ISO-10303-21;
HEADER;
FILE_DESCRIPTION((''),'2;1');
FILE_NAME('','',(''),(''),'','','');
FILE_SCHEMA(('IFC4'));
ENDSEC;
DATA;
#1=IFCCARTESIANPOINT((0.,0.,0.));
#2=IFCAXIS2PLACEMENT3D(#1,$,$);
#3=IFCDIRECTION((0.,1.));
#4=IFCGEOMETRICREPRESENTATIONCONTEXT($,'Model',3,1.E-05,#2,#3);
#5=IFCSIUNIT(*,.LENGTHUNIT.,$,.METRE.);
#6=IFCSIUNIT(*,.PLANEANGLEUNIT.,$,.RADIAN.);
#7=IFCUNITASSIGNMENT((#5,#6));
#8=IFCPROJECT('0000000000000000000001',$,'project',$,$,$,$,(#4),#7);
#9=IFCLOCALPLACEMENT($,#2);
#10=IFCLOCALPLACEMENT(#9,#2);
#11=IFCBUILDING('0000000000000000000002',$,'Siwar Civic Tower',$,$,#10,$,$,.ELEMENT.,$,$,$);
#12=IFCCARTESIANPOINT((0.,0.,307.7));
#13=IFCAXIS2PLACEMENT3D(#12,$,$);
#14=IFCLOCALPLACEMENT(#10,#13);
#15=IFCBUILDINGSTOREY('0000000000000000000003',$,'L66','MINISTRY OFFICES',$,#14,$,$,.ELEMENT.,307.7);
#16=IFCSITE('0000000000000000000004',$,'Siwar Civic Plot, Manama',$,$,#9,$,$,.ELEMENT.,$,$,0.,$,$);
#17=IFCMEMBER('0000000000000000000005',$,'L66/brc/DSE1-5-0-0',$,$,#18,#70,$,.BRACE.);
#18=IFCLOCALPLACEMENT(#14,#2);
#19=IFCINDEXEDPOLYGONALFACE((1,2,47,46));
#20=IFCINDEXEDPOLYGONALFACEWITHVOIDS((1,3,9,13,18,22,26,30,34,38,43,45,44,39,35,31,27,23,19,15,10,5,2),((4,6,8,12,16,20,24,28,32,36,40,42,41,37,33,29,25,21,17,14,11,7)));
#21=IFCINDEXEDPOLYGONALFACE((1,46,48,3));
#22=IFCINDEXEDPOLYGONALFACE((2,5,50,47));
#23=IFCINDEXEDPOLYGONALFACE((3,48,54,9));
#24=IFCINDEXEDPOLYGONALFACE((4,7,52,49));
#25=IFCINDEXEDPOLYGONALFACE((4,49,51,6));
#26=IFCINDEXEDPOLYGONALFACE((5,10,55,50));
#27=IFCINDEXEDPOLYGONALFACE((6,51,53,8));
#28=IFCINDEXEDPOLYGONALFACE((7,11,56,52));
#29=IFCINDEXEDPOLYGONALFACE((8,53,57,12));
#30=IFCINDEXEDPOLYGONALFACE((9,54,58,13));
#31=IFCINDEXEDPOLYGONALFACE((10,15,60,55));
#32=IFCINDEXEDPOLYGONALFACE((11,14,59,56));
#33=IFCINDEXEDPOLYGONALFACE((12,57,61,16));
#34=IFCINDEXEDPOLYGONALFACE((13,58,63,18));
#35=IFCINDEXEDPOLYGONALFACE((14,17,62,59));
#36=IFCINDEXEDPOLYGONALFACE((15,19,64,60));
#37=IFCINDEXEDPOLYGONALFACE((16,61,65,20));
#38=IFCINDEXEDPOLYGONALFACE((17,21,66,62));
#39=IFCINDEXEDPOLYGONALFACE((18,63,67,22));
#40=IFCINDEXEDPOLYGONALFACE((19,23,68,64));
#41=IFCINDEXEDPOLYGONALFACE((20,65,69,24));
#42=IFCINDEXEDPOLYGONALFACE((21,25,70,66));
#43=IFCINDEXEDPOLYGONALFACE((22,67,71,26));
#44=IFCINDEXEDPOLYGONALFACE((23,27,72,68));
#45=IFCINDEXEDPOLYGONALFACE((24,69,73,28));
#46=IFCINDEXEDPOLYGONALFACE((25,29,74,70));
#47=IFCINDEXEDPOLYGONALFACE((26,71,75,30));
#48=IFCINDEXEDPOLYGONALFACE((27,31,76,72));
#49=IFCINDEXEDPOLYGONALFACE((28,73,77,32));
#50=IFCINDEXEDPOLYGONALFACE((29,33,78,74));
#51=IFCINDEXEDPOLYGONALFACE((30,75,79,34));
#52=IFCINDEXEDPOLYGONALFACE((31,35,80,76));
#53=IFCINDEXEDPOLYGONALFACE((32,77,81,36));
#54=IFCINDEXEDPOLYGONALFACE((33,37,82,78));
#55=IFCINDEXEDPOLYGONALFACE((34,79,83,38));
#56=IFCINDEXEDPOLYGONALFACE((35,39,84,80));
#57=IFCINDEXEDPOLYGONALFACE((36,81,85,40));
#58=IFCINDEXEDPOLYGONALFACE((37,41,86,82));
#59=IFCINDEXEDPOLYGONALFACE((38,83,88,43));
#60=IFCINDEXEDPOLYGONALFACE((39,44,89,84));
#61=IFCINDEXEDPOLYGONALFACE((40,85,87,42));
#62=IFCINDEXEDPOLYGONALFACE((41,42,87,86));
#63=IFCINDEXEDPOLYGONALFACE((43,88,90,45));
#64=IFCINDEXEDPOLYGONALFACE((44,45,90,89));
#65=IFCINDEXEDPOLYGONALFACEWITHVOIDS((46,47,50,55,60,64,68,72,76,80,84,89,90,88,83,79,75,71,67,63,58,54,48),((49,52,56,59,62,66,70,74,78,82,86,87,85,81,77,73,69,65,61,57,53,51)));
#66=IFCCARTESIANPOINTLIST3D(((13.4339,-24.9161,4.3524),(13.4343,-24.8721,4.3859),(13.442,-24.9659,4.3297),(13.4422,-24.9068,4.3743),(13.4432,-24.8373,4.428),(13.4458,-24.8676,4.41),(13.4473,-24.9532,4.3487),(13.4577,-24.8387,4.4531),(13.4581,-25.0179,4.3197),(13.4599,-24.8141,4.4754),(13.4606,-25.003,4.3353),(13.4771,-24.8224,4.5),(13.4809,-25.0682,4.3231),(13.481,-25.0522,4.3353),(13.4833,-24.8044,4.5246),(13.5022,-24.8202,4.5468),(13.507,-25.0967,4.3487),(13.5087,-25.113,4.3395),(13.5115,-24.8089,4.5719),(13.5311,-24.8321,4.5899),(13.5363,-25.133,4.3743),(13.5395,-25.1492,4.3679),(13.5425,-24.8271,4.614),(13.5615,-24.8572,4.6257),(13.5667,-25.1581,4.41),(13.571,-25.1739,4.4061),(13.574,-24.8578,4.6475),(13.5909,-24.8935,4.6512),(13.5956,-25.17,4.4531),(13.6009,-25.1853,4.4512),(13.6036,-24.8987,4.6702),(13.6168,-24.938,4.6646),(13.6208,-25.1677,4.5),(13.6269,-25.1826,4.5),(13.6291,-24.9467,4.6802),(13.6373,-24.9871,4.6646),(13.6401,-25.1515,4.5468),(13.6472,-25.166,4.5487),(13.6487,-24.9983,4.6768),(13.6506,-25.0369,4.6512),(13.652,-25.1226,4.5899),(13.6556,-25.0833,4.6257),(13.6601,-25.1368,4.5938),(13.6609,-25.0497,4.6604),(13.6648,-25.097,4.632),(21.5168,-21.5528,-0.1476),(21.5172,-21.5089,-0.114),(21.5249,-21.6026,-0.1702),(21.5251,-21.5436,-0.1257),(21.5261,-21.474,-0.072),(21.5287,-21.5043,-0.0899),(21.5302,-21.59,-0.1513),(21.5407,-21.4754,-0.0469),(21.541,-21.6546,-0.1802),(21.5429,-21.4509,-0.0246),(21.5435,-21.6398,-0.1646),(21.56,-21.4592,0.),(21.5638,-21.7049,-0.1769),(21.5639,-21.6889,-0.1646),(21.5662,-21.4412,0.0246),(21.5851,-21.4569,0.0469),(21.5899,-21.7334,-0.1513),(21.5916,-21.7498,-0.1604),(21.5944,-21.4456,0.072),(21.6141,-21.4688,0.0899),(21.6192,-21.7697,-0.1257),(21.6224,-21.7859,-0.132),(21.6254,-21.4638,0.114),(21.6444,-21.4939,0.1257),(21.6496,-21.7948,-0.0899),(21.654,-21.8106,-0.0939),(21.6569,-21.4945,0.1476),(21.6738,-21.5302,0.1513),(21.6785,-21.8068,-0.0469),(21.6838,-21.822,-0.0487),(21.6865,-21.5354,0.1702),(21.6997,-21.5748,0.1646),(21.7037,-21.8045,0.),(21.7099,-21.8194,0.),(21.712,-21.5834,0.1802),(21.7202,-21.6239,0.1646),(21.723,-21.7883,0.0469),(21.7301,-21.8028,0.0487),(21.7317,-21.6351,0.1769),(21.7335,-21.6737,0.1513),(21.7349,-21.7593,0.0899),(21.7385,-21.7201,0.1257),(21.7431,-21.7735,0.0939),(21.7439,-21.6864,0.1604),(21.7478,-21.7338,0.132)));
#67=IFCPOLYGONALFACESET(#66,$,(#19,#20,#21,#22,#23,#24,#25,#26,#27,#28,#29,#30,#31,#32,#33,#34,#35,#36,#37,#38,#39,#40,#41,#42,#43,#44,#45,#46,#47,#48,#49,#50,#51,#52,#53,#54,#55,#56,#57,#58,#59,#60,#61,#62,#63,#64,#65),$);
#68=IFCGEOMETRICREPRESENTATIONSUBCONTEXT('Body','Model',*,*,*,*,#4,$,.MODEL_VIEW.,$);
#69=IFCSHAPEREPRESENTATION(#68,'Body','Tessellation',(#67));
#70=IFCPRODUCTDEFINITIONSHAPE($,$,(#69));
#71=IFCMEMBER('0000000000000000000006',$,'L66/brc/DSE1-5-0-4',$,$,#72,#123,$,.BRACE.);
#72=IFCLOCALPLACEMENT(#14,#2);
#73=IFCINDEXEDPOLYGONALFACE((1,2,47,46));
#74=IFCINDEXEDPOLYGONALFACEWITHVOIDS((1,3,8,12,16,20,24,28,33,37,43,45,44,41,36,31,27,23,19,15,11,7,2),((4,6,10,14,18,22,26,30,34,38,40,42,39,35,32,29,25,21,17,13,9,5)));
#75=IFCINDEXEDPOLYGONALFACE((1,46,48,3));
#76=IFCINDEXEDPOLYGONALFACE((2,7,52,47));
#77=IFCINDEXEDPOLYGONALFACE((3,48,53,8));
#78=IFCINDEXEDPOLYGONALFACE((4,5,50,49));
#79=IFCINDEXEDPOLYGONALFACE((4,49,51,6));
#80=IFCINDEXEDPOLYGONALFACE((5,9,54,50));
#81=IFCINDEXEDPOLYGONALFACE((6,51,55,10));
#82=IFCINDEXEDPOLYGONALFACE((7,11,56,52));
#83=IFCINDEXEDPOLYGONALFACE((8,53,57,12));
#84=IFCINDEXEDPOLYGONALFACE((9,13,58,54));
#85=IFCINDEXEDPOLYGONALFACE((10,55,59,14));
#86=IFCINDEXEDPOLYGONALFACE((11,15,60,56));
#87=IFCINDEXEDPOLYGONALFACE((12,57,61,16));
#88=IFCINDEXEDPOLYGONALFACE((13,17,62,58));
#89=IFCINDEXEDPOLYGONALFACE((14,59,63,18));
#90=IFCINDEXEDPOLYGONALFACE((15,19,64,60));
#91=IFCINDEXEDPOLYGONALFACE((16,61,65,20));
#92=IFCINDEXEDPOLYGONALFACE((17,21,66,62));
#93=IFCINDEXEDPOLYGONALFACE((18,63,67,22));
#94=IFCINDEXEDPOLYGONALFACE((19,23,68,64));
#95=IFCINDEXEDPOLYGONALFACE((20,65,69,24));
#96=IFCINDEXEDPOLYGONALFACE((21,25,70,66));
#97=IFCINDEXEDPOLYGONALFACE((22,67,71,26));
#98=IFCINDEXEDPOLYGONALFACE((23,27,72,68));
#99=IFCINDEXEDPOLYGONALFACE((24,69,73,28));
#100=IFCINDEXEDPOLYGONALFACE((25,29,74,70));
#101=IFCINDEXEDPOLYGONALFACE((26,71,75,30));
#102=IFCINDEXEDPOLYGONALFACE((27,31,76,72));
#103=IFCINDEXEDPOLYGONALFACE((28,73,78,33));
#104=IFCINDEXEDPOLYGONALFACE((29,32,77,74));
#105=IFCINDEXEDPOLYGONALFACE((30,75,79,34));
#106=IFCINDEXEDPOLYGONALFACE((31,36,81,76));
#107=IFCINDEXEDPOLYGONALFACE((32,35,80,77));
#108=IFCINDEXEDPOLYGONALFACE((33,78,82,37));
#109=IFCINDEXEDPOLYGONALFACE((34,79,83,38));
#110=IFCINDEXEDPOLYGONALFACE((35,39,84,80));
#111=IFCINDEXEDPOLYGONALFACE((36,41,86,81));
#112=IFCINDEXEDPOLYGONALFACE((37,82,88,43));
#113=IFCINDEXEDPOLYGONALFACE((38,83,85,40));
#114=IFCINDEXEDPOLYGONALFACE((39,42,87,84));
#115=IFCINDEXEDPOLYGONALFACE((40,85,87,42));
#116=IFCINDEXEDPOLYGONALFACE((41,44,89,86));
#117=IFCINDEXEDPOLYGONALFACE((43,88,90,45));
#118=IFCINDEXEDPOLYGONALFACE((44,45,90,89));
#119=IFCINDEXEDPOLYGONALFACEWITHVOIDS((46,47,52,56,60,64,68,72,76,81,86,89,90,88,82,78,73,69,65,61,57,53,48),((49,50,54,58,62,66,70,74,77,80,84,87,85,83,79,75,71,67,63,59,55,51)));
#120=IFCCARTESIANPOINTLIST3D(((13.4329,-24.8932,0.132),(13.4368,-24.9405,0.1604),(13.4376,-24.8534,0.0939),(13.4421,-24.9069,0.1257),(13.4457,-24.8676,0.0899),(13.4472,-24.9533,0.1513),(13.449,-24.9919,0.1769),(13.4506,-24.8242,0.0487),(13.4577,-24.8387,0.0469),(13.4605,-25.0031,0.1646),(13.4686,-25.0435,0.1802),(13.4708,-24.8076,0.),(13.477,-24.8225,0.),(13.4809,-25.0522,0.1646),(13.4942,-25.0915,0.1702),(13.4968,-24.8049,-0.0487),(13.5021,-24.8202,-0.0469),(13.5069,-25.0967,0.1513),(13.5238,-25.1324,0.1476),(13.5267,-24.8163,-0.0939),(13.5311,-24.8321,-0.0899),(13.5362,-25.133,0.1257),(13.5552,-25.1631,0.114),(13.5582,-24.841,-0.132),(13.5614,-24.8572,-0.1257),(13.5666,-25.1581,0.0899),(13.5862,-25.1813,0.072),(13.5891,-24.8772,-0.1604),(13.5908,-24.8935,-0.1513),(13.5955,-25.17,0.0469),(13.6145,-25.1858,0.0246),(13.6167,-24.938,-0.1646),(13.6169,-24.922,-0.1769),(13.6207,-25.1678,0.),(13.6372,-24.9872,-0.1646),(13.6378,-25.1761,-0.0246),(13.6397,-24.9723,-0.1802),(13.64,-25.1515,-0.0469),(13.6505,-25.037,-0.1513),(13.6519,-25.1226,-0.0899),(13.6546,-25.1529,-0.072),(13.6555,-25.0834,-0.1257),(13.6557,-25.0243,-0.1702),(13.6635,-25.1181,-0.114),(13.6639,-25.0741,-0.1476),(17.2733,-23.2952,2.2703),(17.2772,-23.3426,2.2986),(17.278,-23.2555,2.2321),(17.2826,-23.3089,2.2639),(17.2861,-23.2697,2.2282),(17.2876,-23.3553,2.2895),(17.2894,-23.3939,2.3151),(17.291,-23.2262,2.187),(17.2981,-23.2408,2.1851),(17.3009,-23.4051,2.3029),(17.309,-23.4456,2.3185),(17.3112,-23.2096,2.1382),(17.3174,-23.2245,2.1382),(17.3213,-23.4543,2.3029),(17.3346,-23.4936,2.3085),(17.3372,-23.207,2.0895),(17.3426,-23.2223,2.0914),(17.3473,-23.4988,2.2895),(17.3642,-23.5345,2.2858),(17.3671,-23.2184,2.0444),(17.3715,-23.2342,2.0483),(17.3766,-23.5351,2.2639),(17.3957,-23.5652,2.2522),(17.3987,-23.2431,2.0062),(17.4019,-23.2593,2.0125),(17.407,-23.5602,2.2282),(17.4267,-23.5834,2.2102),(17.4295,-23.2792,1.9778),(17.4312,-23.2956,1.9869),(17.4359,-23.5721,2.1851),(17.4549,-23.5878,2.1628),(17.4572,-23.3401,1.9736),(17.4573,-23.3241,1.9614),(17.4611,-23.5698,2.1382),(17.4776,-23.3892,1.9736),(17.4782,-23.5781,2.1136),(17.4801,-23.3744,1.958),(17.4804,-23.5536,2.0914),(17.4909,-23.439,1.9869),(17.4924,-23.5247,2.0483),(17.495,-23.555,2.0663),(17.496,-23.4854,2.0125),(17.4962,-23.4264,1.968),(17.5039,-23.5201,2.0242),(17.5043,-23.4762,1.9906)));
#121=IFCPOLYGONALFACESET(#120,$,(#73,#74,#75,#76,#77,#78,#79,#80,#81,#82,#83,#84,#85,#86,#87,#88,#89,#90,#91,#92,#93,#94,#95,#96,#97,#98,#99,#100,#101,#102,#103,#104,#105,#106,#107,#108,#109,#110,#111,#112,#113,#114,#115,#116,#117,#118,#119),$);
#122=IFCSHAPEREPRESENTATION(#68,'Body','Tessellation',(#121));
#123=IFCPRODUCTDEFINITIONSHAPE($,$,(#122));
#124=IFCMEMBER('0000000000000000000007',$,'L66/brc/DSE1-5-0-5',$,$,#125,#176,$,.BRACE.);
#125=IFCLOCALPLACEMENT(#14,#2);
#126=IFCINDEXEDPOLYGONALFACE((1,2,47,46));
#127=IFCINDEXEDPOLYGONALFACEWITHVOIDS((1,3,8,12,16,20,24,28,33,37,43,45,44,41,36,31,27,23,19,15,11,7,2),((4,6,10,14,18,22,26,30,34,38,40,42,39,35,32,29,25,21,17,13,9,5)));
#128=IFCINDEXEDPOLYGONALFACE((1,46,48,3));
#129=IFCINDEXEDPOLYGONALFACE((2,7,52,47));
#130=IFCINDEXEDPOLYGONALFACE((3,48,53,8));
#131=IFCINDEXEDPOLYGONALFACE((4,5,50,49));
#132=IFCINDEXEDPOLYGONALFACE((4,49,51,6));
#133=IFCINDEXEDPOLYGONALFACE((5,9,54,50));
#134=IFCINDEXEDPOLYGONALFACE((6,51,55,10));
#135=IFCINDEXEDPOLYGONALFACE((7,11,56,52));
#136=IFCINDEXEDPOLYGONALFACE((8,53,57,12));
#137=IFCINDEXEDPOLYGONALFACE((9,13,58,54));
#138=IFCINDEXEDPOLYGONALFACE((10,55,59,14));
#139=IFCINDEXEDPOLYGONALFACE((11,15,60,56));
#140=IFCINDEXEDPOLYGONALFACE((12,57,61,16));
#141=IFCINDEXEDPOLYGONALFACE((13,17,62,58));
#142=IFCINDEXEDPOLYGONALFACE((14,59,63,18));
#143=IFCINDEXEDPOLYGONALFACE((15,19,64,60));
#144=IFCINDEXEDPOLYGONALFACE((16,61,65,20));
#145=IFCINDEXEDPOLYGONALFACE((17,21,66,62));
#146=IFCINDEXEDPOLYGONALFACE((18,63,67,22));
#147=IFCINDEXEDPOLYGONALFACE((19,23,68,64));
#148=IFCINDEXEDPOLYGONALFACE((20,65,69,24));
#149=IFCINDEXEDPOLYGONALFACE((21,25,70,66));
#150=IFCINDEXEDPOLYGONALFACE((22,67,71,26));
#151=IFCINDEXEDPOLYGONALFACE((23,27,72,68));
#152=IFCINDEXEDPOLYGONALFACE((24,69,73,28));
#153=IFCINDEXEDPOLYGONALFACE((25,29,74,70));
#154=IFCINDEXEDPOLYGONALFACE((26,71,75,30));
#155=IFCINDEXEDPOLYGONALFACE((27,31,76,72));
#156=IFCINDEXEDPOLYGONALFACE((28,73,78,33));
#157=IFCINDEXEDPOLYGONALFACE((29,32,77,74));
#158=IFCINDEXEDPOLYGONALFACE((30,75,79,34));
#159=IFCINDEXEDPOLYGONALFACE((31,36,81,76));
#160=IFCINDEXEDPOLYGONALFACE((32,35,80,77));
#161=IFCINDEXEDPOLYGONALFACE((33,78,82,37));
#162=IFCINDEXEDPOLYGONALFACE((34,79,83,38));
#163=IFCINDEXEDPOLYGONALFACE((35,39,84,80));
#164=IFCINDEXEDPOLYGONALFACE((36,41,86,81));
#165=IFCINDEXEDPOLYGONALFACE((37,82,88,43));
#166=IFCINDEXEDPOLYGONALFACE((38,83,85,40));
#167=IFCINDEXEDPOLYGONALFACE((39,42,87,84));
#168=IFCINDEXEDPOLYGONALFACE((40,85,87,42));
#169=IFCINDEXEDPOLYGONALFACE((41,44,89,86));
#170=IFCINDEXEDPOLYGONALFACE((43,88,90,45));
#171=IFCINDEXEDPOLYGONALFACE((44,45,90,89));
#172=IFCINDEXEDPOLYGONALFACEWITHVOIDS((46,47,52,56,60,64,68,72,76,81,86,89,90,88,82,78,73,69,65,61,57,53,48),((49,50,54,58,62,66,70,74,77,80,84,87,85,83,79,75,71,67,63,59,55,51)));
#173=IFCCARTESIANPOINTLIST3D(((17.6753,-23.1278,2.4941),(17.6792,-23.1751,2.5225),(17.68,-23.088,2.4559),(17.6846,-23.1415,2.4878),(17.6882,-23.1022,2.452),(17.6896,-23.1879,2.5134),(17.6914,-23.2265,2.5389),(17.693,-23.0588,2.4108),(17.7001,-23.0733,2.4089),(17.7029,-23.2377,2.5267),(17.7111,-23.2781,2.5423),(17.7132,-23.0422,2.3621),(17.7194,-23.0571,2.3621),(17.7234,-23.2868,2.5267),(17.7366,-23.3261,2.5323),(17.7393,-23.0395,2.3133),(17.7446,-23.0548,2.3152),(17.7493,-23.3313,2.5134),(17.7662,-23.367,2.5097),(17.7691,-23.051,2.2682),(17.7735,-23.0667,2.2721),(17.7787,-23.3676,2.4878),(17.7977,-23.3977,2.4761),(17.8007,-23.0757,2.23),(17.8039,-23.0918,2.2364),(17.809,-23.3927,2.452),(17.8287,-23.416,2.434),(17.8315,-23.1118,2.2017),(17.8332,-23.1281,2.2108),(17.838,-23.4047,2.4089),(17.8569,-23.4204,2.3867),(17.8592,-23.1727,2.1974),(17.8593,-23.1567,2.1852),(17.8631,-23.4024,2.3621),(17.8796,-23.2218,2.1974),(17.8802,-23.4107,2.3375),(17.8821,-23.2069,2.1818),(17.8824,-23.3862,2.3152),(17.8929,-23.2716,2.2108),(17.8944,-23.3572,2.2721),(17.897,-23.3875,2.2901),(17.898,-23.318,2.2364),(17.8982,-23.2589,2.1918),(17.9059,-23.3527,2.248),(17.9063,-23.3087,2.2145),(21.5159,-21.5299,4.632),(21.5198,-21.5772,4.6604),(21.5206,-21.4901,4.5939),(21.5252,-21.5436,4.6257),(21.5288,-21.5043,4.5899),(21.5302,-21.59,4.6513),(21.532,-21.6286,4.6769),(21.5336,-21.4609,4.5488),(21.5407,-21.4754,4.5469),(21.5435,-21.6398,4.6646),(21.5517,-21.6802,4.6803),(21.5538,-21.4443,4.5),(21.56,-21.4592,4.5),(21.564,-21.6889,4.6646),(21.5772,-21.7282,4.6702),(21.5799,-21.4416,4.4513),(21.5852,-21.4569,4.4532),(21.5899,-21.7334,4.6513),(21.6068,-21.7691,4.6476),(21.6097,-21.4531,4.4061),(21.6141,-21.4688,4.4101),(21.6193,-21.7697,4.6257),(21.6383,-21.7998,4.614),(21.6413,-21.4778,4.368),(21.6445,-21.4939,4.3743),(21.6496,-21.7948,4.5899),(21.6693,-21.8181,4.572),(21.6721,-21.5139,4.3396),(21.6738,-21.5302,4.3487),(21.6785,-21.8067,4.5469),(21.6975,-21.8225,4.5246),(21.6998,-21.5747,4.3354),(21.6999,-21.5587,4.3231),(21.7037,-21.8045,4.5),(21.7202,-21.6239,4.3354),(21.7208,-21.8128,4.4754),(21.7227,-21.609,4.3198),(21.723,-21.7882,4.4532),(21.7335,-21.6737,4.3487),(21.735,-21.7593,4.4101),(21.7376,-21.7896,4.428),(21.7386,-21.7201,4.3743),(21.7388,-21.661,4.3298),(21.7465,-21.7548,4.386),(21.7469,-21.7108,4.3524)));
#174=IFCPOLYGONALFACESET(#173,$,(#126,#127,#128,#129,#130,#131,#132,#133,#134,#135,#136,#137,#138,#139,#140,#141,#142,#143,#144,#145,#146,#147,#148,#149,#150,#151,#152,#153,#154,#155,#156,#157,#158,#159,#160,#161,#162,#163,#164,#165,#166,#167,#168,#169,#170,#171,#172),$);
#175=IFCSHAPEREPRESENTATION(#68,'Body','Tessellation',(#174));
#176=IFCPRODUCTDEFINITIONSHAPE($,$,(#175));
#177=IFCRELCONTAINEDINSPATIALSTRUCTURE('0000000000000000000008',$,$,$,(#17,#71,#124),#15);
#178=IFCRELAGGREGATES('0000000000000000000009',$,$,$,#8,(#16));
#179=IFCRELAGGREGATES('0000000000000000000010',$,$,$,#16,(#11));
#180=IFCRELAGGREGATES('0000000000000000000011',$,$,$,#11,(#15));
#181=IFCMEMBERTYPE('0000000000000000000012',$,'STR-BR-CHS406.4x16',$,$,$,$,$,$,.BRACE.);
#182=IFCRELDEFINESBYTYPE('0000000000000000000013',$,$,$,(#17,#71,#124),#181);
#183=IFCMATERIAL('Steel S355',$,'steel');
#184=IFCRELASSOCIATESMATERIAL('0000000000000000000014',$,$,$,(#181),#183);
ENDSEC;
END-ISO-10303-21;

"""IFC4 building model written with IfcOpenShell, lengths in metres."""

from ifc_helpers import new_model, si_unit, direction, frame, origin, origin_2d, place, context, subcontext, project, spatial, hollow_circle, extrude, material, material_profile, profile_set, type_object, element, save


model = new_model("IFC4")

# Units and contexts
model_context = context("Model", 3, precision=1e-05, world=origin(), true_north=direction((0.0, 1.0)))
body_context = subcontext(model_context, "Body", "Model", "MODEL_VIEW")
ifc_project = project(units=[si_unit("LENGTHUNIT", "METRE"), si_unit("PLANEANGLEUNIT", "RADIAN")], contexts=[model_context])

# Site, building, storey
site_placement = place(None, origin())
site = spatial("IfcSite", under=ifc_project, at=site_placement, Name="Siwar Civic Plot, Manama", CompositionType="ELEMENT", RefElevation=0.0)
building_placement = place(site_placement, origin())
building = spatial("IfcBuilding", under=site, at=building_placement, Name="Siwar Civic Tower", CompositionType="ELEMENT")
storey_placement = place(building_placement, frame((0.0, 0.0, 307.7)))
storey = spatial("IfcBuildingStorey", under=building, at=storey_placement, Name="L66", Description="MINISTRY OFFICES", CompositionType="ELEMENT", Elevation=307.7)

# Members
ifc_material_1 = material(Name="Steel S355", Category="steel")
ifc_material_profile_1 = material_profile(ifc_material_1, hollow_circle(Radius=0.2031, WallThickness=0.0161, at=origin_2d()), Name="CHS406.4x16")
ifc_profile_set_1 = profile_set([ifc_material_profile_1], Name="Steel S355")
member_type_1 = type_object("IfcMemberType", Name="STR-BR-CHS406.4x16", PredefinedType="BRACE", material=ifc_profile_set_1)
member_1_placement = place(storey_placement, frame((21.6318, -21.6318, 0.0), z_axis=(-0.821143, -0.341671, 0.457149), x_axis=(0.384164, -0.923265, 0.0)))
element("IfcMember", 1, at=member_1_placement, inside=storey, type_object=member_type_1, Name="L66/brc/DSE1-5-0-0", PredefinedType="BRACE", context=body_context, shape_type="SweptSolid", body=[
    extrude(hollow_circle(Radius=0.2031, WallThickness=0.0161, at=origin_2d()), origin(), (0.0, 0.0, 1.0), 9.8435),
])
for number, where, z_axis, x_axis, name in (
    (2, (13.5488, -24.9951, 0.0), (0.82113, 0.341659, 0.457181), (-0.384157, 0.923268, 0.0), "L66/brc/DSE1-5-0-4"),
    (3, (17.7913, -23.2297, 2.3621), (0.821167, 0.341653, 0.45712), (-0.384136, 0.923276, 0.0), "L66/brc/DSE1-5-0-5"),
):
    element("IfcMember", number, at=place(storey_placement, frame(where, z_axis=z_axis, x_axis=x_axis)), inside=storey, type_object=member_type_1, Name=name, PredefinedType="BRACE", context=body_context, shape_type="SweptSolid", body=[
        extrude(hollow_circle(Radius=0.2031, WallThickness=0.0161, at=origin_2d()), origin(), (0.0, 0.0, 1.0), 4.677),
    ])

save(model, "model.ifc")
